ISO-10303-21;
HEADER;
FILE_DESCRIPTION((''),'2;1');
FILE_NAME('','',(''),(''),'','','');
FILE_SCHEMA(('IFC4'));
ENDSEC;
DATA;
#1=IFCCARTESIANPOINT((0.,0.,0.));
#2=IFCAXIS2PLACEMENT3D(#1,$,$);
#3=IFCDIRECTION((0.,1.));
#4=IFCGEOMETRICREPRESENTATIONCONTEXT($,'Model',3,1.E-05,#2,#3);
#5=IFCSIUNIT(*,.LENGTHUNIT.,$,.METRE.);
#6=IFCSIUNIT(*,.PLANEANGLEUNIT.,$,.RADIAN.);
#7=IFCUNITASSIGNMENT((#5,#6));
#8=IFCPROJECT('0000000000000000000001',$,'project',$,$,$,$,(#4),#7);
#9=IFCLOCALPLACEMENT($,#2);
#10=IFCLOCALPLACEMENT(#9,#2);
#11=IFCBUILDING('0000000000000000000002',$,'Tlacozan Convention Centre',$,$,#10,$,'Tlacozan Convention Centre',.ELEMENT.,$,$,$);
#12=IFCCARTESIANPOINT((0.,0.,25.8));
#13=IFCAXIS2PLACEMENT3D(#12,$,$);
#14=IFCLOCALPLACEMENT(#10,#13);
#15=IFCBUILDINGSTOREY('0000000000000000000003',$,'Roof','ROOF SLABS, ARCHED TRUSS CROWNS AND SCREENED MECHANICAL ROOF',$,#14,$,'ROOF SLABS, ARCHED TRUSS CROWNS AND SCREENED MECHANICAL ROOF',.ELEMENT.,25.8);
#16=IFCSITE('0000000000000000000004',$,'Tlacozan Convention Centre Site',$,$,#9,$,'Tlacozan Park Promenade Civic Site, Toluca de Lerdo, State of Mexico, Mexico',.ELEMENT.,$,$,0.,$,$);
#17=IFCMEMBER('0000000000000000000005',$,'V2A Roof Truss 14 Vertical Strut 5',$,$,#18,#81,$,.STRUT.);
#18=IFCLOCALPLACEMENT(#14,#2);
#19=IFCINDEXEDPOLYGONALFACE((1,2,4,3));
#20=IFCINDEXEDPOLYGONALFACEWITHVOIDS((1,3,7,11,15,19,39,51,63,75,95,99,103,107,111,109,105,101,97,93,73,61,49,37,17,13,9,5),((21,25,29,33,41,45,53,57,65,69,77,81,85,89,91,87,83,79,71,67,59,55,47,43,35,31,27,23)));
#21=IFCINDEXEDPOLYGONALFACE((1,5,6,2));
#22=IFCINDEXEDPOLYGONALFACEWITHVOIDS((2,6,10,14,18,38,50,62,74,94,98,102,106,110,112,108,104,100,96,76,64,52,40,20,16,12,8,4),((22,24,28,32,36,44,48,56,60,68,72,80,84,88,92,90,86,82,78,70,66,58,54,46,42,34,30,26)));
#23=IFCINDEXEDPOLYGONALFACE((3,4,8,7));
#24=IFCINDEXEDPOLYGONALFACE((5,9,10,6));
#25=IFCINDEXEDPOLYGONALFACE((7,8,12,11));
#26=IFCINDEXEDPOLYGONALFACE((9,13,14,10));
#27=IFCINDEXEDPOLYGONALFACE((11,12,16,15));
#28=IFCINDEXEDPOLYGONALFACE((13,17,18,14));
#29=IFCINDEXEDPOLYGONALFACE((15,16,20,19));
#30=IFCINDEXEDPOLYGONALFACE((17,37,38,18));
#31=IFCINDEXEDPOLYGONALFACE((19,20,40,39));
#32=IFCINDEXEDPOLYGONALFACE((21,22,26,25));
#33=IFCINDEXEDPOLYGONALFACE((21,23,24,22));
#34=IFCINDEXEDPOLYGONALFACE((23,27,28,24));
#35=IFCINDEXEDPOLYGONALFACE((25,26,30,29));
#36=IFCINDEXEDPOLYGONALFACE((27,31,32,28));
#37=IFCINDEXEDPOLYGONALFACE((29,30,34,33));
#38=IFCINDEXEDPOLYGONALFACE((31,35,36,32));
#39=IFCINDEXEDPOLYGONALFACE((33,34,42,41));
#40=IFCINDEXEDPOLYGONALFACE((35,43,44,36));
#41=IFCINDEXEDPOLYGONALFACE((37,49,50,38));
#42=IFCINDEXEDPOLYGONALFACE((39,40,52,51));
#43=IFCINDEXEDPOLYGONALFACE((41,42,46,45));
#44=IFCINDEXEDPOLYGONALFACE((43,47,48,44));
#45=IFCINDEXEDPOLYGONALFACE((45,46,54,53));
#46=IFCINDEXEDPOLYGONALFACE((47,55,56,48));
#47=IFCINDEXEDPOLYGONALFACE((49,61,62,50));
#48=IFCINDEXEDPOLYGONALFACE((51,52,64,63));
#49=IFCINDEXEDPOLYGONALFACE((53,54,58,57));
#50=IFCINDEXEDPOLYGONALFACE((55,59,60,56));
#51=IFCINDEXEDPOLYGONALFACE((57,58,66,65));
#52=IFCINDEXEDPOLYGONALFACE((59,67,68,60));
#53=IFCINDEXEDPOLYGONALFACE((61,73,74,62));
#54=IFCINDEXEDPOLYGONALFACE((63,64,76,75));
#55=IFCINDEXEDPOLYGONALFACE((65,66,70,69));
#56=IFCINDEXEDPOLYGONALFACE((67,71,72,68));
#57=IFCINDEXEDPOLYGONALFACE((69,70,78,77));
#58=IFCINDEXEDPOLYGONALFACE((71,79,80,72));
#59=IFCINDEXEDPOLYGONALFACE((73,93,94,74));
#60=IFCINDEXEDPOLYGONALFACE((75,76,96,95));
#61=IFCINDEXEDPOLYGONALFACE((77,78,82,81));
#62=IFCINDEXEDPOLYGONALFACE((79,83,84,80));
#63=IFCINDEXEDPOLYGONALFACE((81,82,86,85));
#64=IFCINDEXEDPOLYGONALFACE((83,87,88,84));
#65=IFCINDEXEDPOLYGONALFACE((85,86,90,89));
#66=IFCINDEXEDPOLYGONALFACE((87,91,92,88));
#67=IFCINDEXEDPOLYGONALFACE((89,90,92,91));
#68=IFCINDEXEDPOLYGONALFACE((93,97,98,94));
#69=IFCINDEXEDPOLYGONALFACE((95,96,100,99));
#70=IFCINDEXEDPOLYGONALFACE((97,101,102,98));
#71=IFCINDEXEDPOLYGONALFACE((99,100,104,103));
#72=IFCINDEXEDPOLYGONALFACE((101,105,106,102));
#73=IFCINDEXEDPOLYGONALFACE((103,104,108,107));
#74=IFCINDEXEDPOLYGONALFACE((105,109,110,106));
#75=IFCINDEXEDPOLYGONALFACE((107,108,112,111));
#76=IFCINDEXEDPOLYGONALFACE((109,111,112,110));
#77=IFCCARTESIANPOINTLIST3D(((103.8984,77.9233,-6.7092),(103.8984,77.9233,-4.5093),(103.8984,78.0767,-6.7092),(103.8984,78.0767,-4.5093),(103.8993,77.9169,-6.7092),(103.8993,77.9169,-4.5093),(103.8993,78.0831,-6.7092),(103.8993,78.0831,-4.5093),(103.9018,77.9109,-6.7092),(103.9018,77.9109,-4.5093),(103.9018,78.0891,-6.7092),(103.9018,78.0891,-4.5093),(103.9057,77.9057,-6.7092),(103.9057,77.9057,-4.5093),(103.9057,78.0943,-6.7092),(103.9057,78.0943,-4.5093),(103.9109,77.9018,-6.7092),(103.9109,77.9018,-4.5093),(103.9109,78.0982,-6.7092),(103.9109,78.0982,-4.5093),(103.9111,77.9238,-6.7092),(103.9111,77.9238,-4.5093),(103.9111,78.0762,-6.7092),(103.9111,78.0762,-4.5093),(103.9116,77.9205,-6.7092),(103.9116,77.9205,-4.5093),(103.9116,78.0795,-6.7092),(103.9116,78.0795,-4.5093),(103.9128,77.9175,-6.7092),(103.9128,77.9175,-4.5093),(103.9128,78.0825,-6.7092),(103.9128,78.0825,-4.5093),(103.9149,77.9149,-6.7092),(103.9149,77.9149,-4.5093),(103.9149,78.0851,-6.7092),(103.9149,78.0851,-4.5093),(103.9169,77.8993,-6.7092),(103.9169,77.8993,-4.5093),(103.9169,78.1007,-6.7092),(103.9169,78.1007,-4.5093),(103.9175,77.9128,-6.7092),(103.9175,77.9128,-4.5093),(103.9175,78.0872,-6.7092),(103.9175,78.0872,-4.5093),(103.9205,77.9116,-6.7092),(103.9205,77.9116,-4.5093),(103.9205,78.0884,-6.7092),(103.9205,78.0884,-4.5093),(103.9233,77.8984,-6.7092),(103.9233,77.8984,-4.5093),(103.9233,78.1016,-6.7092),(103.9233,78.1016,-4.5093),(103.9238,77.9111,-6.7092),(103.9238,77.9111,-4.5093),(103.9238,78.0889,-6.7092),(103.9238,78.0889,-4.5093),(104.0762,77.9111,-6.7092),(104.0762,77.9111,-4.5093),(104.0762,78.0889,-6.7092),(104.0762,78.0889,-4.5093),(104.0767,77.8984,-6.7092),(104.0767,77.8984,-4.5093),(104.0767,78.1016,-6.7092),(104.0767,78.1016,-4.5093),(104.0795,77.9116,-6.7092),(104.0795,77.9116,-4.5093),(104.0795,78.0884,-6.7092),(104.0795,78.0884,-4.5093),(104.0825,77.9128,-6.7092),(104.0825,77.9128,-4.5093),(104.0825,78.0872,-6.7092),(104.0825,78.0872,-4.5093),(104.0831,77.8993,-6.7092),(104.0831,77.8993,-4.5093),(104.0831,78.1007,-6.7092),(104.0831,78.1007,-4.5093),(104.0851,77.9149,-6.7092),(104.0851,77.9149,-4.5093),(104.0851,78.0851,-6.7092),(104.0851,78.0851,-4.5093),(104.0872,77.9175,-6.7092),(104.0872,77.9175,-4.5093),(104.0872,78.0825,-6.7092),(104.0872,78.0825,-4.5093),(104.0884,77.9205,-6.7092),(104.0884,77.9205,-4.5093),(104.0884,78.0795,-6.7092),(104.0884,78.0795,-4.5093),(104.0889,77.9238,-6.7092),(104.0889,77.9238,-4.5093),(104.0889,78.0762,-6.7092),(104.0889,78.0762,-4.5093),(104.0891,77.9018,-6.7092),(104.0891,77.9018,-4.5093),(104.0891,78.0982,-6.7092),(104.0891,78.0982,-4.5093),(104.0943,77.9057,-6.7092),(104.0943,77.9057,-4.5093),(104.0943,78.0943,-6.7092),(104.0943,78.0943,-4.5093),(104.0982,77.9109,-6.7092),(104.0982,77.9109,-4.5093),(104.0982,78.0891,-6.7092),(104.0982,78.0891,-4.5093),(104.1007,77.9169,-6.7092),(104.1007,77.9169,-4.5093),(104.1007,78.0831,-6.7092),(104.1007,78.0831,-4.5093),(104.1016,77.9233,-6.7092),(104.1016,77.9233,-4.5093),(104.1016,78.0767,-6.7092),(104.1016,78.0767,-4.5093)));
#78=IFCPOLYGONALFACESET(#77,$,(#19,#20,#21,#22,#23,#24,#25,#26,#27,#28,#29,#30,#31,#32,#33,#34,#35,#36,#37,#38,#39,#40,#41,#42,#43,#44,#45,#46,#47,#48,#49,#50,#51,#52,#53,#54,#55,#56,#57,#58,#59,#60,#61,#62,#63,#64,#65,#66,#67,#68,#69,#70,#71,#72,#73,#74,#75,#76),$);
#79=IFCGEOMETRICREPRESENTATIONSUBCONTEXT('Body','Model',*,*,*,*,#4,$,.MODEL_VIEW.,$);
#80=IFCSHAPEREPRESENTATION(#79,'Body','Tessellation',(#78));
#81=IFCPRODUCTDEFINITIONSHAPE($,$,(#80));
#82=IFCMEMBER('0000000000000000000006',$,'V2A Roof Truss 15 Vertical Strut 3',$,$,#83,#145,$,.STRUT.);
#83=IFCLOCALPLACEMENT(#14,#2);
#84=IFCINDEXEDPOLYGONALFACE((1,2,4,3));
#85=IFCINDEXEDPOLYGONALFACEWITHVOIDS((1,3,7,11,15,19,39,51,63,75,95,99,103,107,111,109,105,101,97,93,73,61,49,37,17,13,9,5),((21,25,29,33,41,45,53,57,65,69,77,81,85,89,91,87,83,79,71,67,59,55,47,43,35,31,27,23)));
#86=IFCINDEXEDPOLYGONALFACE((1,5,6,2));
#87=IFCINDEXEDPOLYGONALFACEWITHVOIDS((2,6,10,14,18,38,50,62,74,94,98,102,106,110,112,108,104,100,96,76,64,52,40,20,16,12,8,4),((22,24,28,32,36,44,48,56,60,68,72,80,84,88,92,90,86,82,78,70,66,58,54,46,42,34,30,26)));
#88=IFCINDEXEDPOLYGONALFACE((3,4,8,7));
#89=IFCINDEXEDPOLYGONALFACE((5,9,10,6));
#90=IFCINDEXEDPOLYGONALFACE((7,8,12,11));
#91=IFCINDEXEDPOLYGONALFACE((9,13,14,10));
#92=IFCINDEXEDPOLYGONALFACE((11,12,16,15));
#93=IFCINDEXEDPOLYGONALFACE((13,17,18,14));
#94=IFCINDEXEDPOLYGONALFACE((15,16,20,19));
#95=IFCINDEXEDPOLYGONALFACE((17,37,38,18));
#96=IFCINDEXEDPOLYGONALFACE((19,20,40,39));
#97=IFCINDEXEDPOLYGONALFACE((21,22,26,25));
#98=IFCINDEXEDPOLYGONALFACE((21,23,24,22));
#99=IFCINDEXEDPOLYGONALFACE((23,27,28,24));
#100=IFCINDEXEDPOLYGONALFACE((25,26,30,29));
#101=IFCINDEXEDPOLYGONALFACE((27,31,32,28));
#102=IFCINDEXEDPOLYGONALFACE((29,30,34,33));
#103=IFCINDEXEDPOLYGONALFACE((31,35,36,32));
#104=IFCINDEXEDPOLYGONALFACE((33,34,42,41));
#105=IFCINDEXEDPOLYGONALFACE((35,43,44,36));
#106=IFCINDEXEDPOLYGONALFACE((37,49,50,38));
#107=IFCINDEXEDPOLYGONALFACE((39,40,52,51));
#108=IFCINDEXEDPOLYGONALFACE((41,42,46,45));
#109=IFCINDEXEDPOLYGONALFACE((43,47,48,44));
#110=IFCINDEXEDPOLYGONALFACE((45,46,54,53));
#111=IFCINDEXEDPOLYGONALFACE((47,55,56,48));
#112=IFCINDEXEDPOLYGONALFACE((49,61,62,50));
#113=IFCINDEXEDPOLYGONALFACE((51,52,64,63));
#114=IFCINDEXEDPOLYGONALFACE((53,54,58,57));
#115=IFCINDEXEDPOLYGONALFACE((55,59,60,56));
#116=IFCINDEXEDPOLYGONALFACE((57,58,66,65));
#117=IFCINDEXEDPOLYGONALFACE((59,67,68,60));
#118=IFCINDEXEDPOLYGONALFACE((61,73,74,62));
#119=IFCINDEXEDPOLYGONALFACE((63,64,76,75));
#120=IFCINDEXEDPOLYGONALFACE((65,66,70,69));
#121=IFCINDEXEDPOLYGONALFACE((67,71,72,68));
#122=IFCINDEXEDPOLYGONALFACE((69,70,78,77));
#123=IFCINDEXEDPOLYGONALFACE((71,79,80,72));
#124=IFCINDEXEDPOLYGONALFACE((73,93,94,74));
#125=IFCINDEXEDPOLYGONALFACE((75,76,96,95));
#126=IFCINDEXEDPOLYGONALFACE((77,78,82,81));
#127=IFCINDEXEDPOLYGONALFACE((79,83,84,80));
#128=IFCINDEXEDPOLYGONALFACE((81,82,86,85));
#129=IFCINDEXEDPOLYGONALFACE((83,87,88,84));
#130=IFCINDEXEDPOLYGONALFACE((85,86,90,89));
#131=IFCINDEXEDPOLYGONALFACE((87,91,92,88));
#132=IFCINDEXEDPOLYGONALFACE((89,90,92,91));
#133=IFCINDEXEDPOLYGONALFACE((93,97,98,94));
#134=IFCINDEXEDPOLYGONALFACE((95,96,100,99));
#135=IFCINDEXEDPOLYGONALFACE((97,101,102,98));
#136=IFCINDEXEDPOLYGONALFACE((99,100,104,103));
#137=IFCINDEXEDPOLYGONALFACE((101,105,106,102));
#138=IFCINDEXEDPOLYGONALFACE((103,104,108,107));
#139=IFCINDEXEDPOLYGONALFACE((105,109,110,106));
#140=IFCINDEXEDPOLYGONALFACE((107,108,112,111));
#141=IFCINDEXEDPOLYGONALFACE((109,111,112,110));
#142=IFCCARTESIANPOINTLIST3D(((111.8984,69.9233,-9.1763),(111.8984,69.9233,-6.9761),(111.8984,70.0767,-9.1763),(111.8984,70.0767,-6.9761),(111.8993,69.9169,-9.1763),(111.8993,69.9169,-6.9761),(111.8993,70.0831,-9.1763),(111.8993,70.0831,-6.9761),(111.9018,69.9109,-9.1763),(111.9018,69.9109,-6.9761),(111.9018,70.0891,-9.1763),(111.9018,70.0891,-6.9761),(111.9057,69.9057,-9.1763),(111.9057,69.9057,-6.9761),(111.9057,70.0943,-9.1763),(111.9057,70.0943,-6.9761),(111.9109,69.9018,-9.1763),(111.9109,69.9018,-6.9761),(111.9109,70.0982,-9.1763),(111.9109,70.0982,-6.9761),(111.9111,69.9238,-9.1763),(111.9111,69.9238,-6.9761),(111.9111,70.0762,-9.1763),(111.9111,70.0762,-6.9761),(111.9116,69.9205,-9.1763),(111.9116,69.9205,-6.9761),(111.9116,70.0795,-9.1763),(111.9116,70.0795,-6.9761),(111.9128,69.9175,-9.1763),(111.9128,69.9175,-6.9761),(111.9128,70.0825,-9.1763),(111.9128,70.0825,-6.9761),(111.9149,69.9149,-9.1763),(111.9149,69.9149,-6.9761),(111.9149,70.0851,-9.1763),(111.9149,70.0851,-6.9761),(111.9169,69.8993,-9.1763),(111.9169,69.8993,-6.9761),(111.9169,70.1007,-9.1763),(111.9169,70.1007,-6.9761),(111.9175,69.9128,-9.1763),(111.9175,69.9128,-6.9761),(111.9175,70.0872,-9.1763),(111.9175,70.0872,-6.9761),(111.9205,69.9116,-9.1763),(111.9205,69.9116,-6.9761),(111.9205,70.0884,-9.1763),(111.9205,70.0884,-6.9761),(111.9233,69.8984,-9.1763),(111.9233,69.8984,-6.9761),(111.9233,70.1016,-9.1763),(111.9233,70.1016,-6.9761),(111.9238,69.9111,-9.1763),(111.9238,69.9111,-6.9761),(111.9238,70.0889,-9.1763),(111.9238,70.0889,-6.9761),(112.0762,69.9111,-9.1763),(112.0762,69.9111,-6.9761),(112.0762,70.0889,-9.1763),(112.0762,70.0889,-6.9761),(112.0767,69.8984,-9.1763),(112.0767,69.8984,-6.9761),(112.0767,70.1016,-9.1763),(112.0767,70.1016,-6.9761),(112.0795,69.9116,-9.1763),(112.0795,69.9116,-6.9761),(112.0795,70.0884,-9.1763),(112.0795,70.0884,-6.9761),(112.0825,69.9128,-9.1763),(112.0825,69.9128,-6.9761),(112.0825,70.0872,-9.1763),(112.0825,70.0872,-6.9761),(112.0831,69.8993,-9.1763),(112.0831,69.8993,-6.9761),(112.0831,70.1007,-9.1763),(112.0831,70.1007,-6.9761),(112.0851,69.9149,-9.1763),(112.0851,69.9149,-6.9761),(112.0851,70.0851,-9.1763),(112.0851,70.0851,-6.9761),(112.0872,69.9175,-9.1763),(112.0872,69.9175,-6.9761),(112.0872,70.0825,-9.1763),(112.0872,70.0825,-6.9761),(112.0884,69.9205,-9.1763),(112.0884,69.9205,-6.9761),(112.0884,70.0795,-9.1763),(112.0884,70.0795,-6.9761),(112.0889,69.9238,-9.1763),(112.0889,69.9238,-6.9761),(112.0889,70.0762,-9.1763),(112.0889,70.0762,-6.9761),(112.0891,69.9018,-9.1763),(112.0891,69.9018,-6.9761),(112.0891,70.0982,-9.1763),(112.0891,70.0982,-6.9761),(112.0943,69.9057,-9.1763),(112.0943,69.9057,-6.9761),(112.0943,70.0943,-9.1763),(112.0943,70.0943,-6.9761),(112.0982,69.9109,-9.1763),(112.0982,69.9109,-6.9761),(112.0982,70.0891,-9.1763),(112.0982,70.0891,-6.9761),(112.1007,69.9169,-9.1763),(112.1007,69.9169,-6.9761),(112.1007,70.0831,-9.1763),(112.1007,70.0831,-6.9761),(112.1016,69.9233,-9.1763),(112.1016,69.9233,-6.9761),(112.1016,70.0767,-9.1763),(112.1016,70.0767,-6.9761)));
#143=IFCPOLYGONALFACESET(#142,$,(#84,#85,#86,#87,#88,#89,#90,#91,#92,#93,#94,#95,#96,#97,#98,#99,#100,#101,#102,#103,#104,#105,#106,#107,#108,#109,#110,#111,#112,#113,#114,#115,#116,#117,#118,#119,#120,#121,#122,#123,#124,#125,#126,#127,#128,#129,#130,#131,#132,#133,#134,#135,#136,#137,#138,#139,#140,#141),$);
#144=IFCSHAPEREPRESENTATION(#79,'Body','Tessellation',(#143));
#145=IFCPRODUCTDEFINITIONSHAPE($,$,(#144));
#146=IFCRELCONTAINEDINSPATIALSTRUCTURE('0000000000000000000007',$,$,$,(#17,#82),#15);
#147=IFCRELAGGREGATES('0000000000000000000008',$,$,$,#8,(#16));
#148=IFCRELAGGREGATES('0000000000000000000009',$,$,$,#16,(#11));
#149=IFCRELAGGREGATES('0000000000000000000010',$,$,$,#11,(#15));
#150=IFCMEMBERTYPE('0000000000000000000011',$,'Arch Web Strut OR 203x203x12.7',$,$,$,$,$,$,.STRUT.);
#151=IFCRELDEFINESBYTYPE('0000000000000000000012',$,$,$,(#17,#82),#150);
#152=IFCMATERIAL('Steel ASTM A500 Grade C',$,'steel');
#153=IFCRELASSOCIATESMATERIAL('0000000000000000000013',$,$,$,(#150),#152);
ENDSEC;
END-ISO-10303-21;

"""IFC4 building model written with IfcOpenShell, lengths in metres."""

from ifc_helpers import new_model, si_unit, direction, frame, origin, origin_2d, place, context, subcontext, project, spatial, hollow_rectangle, extrude, material, material_profile, profile_set, type_object, element, save


model = new_model("IFC4")

# Units and contexts
model_context = context("Model", 3, precision=1e-05, world=origin(), true_north=direction((0.0, 1.0)))
body_context = subcontext(model_context, "Body", "Model", "MODEL_VIEW")
ifc_project = project(units=[si_unit("LENGTHUNIT", "METRE"), si_unit("PLANEANGLEUNIT", "RADIAN")], contexts=[model_context])

# Site, building, storey
site_placement = place(None, origin())
site = spatial("IfcSite", under=ifc_project, at=site_placement, Name="Tlacozan Convention Centre Site", LongName="Tlacozan Park Promenade Civic Site, Toluca de Lerdo, State of Mexico, Mexico", CompositionType="ELEMENT", RefElevation=0.0)
building_placement = place(site_placement, origin())
building = spatial("IfcBuilding", under=site, at=building_placement, Name="Tlacozan Convention Centre", LongName="Tlacozan Convention Centre", CompositionType="ELEMENT")
storey_placement = place(building_placement, frame((0.0, 0.0, 25.8)))
storey = spatial("IfcBuildingStorey", under=building, at=storey_placement, Name="Roof", Description="ROOF SLABS, ARCHED TRUSS CROWNS AND SCREENED MECHANICAL ROOF", LongName="ROOF SLABS, ARCHED TRUSS CROWNS AND SCREENED MECHANICAL ROOF", CompositionType="ELEMENT", Elevation=25.8)

# Members
ifc_material_1 = material(Name="Steel ASTM A500 Grade C", Category="steel")
ifc_material_profile_1 = material_profile(ifc_material_1, hollow_rectangle(XDim=0.2031, YDim=0.2031, WallThickness=0.0127, InnerFilletRadius=0.0127, OuterFilletRadius=0.0249, at=origin_2d()), Name="OR 203x203x12.7")
ifc_profile_set_1 = profile_set([ifc_material_profile_1], Name="Steel ASTM A500 Grade C")
member_type_1 = type_object("IfcMemberType", Name="Arch Web Strut OR 203x203x12.7", PredefinedType="STRUT", material=ifc_profile_set_1)
member_1_placement = place(storey_placement, frame((104.0, 78.0, -6.7092), z_axis=(0.0, 0.0, 1.0), x_axis=(1.0, 0.0, 0.0)))
element("IfcMember", 1, at=member_1_placement, inside=storey, type_object=member_type_1, Name="V2A Roof Truss 14 Vertical Strut 5", PredefinedType="STRUT", context=body_context, shape_type="SweptSolid", body=[
    extrude(hollow_rectangle(XDim=0.2031, YDim=0.2031, WallThickness=0.0127, InnerFilletRadius=0.0127, OuterFilletRadius=0.0249, at=origin_2d()), origin(), (0.0, 0.0, 1.0), 2.2),
])
member_2_placement = place(storey_placement, frame((112.0, 70.0, -9.1763), z_axis=(0.0, 0.0, 1.0), x_axis=(1.0, 0.0, 0.0)))
element("IfcMember", 2, at=member_2_placement, inside=storey, type_object=member_type_1, Name="V2A Roof Truss 15 Vertical Strut 3", PredefinedType="STRUT", context=body_context, shape_type="SweptSolid", body=[
    extrude(hollow_rectangle(XDim=0.2031, YDim=0.2031, WallThickness=0.0127, InnerFilletRadius=0.0127, OuterFilletRadius=0.0249, at=origin_2d()), origin(), (0.0, 0.0, 1.0), 2.2002),
])

save(model, "model.ifc")
